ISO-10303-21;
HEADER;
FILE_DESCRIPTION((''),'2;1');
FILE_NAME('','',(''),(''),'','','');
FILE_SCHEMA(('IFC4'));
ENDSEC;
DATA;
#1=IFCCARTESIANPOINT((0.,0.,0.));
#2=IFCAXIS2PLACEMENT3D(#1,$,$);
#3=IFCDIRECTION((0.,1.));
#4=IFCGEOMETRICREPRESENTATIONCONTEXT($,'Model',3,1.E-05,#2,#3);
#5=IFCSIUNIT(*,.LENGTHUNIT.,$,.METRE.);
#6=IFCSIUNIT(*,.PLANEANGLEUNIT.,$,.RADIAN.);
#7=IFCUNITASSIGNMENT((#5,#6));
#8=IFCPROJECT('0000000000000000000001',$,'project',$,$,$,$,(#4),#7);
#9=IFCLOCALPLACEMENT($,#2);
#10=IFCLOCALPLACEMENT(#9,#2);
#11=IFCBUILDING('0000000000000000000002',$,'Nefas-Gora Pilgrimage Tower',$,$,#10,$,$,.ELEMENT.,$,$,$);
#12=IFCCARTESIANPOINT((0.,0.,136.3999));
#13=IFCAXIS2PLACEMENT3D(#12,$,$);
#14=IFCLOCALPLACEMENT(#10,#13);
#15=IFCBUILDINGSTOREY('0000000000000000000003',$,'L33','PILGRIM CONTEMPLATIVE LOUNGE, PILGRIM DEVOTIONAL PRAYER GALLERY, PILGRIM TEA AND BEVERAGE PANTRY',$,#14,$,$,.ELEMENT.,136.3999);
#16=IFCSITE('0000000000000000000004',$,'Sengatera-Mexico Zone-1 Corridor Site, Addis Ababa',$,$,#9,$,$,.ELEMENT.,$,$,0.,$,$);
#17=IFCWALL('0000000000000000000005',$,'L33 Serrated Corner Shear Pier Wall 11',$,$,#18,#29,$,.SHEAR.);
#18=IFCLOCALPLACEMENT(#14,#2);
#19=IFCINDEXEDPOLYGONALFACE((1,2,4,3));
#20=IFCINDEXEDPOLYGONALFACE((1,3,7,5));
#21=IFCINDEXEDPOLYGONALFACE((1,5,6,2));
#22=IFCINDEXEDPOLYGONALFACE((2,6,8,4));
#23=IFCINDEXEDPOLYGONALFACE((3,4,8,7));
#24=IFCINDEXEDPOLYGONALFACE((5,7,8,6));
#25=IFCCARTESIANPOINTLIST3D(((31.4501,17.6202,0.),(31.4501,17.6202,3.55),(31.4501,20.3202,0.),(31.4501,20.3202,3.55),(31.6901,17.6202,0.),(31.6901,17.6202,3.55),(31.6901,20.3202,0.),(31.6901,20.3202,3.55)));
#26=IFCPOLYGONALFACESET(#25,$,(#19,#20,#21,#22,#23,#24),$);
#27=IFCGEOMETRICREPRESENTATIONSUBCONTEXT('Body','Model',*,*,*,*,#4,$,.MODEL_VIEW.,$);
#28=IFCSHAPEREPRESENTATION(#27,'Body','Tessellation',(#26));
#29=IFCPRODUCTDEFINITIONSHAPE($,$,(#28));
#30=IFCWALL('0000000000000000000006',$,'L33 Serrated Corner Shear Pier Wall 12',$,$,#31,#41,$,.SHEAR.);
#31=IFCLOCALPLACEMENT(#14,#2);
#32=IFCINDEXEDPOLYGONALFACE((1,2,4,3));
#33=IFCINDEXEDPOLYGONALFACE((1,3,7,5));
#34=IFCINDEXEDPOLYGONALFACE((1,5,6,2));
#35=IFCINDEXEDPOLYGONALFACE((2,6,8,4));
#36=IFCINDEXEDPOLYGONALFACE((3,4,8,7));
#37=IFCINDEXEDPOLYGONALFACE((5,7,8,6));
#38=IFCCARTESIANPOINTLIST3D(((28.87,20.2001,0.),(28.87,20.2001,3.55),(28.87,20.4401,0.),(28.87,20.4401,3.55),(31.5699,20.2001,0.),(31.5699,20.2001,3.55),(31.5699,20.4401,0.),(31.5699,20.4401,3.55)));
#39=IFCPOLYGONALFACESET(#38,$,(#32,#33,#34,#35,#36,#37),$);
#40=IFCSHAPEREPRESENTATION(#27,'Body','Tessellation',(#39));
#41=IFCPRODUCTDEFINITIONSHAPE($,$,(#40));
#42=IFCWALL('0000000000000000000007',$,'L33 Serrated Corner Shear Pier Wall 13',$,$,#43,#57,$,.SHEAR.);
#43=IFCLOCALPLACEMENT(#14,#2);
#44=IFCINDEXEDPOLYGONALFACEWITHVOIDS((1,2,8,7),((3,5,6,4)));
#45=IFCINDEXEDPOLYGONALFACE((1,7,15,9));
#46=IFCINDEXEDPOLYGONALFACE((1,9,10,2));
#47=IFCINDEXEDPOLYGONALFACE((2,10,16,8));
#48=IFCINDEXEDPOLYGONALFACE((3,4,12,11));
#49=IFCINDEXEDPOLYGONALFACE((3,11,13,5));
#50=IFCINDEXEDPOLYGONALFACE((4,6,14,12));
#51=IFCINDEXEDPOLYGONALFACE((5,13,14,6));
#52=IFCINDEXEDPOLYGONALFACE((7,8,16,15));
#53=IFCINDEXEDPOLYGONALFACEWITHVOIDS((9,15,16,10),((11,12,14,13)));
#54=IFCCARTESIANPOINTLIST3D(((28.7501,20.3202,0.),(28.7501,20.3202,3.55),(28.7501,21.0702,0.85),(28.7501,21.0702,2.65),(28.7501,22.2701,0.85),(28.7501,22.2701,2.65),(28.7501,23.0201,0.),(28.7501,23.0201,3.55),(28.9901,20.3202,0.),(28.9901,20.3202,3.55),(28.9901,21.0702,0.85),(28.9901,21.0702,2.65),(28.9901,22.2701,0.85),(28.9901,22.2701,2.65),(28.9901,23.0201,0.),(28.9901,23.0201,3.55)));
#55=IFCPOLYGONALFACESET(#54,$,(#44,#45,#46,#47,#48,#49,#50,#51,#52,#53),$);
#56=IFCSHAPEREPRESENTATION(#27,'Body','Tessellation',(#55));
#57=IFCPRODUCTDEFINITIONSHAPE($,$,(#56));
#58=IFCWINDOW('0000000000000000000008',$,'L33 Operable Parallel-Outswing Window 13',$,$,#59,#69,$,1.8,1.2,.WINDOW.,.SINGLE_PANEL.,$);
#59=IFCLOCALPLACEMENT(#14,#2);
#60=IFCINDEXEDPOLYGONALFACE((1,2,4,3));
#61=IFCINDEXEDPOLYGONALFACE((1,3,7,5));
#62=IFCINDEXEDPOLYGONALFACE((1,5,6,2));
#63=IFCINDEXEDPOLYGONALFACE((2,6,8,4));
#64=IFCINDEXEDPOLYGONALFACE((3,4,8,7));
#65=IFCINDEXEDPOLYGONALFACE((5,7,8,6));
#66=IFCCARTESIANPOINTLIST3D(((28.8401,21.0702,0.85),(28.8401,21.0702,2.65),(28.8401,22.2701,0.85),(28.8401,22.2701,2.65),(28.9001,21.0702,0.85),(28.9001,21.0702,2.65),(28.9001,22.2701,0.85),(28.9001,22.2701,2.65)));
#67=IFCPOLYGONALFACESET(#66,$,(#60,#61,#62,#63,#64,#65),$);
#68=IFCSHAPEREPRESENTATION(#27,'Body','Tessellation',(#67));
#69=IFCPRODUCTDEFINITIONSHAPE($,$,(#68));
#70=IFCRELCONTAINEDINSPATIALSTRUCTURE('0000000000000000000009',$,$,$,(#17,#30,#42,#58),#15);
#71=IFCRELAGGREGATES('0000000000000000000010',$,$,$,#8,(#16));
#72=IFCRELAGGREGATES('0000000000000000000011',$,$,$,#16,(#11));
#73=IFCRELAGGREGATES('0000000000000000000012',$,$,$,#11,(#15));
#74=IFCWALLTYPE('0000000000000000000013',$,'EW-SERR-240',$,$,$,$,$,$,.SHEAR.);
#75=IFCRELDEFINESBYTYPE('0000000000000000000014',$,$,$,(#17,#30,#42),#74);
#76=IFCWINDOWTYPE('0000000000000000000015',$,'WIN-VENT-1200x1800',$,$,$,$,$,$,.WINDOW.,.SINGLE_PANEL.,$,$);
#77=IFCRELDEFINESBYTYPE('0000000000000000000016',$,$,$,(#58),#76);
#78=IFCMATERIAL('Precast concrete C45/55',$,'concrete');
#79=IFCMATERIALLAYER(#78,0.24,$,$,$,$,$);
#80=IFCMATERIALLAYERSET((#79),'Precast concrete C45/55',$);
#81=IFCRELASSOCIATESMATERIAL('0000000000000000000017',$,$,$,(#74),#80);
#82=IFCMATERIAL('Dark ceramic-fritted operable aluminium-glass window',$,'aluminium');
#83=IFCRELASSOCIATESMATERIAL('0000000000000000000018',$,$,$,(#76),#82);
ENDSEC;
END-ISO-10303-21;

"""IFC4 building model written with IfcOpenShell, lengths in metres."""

from ifc_helpers import new_model, si_unit, direction, frame, frame_2d, origin, place, context, subcontext, project, spatial, rectangle, extrude, source, transform, mapped, material, layer, layer_set, type_object, element, fill, save


model = new_model("IFC4")

# Units and contexts
model_context = context("Model", 3, precision=1e-05, world=origin(), true_north=direction((0.0, 1.0)))
body_context = subcontext(model_context, "Body", "Model", "MODEL_VIEW")
ifc_project = project(units=[si_unit("LENGTHUNIT", "METRE"), si_unit("PLANEANGLEUNIT", "RADIAN")], contexts=[model_context])

# Site, building, storey
site_placement = place(None, origin())
site = spatial("IfcSite", under=ifc_project, at=site_placement, Name="Sengatera-Mexico Zone-1 Corridor Site, Addis Ababa", CompositionType="ELEMENT", RefElevation=0.0)
building_placement = place(site_placement, origin())
building = spatial("IfcBuilding", under=site, at=building_placement, Name="Nefas-Gora Pilgrimage Tower", CompositionType="ELEMENT")
storey_placement = place(building_placement, frame((0.0, 0.0, 136.3999)))
storey = spatial("IfcBuildingStorey", under=building, at=storey_placement, Name="L33", Description="PILGRIM CONTEMPLATIVE LOUNGE, PILGRIM DEVOTIONAL PRAYER GALLERY, PILGRIM TEA AND BEVERAGE PANTRY", CompositionType="ELEMENT", Elevation=136.3999)

# Walls
ifc_material_1 = material(Name="Precast concrete C45/55", Category="concrete")
ifc_layer_1 = layer(ifc_material_1, 0.24)
ifc_layer_set_1 = layer_set([ifc_layer_1], Name="Precast concrete C45/55")
wall_type = type_object("IfcWallType", Name="EW-SERR-240", PredefinedType="SHEAR", material=ifc_layer_set_1)
shared_shape_1 = source(origin(), body_context, "Body", "SweptSolid", [
    extrude(rectangle(XDim=2.7, YDim=0.24, at=frame_2d((1.3501, 0.0))), origin(), (0.0, 0.0, 1.0), 3.55),
])
for number, where, z_axis, x_axis, name in (
    (1, (31.5701, 17.6201, 0.0), (0.0, 0.0, 1.0), (0.0, 1.0, 0.0), "L33 Serrated Corner Shear Pier Wall 11"),
    (2, (31.5701, 20.3201, 0.0), (0.0, 0.0, 1.0), (-1.0, 0.0, 0.0), "L33 Serrated Corner Shear Pier Wall 12"),
):
    element("IfcWall", number, at=place(storey_placement, frame(where, z_axis=z_axis, x_axis=x_axis)), inside=storey, type_object=wall_type, Name=name, PredefinedType="SHEAR", context=body_context, shape_type="MappedRepresentation", body=[
        mapped(shared_shape_1, transform((0.0, 0.0, 0.0), x_axis=(1.0, 0.0, 0.0), y_axis=(0.0, 1.0, 0.0), z_axis=(0.0, 0.0, 1.0), scale=1.0)),
    ])

# Wall, opening, window
wall_placement = place(storey_placement, frame((28.8701, 20.3201, 0.0), z_axis=(0.0, 0.0, 1.0), x_axis=(0.0, 1.0, 0.0)))
wall = element("IfcWall", 3, at=wall_placement, inside=storey, type_object=wall_type, Name="L33 Serrated Corner Shear Pier Wall 13", PredefinedType="SHEAR", context=body_context, shape_type="MappedRepresentation", body=[
    mapped(shared_shape_1, transform((0.0, 0.0, 0.0), x_axis=(1.0, 0.0, 0.0), y_axis=(0.0, 1.0, 0.0), z_axis=(0.0, 0.0, 1.0), scale=1.0)),
])
opening_placement = place(wall_placement, frame((0.75, 0.0, 0.8501)))
opening = element("IfcOpeningElement", 4, at=opening_placement, cuts=wall, PredefinedType="OPENING", context=body_context, shape_type="SweptSolid", body=[
    extrude(rectangle(XDim=1.2, YDim=1.8, at=frame_2d((0.6001, 0.8999))), frame((0.0, 0.1299, 0.0), z_axis=(0.0, -1.0, 0.0), x_axis=(1.0, 0.0, 0.0)), (0.0, 0.0, 1.0), 0.26),
])
ifc_material_2 = material(Name="Dark ceramic-fritted operable aluminium-glass window", Category="aluminium")
window_type = type_object("IfcWindowType", Name="WIN-VENT-1200x1800", PartitioningType="SINGLE_PANEL", PredefinedType="WINDOW", material=ifc_material_2)
shared_shape_2 = source(origin(), body_context, "Body", "SweptSolid", [
    extrude(rectangle(XDim=1.2, YDim=1.8, at=frame_2d((0.6001, 0.8999))), frame((0.0, 0.03, 0.0), z_axis=(0.0, -1.0, 0.0), x_axis=(1.0, 0.0, 0.0)), (0.0, 0.0, 1.0), 0.0601),
])
window_placement = place(opening_placement, origin())
window = element("IfcWindow", 5, at=window_placement, inside=storey, type_object=window_type, Name="L33 Operable Parallel-Outswing Window 13", OverallHeight=1.8, OverallWidth=1.2, PartitioningType="SINGLE_PANEL", PredefinedType="WINDOW", context=body_context, shape_type="MappedRepresentation", body=[
    mapped(shared_shape_2, transform((0.0, 0.0, 0.0), x_axis=(1.0, 0.0, 0.0), y_axis=(0.0, 1.0, 0.0), z_axis=(0.0, 0.0, 1.0), scale=1.0)),
])
fill(opening, window)

save(model, "model.ifc")
